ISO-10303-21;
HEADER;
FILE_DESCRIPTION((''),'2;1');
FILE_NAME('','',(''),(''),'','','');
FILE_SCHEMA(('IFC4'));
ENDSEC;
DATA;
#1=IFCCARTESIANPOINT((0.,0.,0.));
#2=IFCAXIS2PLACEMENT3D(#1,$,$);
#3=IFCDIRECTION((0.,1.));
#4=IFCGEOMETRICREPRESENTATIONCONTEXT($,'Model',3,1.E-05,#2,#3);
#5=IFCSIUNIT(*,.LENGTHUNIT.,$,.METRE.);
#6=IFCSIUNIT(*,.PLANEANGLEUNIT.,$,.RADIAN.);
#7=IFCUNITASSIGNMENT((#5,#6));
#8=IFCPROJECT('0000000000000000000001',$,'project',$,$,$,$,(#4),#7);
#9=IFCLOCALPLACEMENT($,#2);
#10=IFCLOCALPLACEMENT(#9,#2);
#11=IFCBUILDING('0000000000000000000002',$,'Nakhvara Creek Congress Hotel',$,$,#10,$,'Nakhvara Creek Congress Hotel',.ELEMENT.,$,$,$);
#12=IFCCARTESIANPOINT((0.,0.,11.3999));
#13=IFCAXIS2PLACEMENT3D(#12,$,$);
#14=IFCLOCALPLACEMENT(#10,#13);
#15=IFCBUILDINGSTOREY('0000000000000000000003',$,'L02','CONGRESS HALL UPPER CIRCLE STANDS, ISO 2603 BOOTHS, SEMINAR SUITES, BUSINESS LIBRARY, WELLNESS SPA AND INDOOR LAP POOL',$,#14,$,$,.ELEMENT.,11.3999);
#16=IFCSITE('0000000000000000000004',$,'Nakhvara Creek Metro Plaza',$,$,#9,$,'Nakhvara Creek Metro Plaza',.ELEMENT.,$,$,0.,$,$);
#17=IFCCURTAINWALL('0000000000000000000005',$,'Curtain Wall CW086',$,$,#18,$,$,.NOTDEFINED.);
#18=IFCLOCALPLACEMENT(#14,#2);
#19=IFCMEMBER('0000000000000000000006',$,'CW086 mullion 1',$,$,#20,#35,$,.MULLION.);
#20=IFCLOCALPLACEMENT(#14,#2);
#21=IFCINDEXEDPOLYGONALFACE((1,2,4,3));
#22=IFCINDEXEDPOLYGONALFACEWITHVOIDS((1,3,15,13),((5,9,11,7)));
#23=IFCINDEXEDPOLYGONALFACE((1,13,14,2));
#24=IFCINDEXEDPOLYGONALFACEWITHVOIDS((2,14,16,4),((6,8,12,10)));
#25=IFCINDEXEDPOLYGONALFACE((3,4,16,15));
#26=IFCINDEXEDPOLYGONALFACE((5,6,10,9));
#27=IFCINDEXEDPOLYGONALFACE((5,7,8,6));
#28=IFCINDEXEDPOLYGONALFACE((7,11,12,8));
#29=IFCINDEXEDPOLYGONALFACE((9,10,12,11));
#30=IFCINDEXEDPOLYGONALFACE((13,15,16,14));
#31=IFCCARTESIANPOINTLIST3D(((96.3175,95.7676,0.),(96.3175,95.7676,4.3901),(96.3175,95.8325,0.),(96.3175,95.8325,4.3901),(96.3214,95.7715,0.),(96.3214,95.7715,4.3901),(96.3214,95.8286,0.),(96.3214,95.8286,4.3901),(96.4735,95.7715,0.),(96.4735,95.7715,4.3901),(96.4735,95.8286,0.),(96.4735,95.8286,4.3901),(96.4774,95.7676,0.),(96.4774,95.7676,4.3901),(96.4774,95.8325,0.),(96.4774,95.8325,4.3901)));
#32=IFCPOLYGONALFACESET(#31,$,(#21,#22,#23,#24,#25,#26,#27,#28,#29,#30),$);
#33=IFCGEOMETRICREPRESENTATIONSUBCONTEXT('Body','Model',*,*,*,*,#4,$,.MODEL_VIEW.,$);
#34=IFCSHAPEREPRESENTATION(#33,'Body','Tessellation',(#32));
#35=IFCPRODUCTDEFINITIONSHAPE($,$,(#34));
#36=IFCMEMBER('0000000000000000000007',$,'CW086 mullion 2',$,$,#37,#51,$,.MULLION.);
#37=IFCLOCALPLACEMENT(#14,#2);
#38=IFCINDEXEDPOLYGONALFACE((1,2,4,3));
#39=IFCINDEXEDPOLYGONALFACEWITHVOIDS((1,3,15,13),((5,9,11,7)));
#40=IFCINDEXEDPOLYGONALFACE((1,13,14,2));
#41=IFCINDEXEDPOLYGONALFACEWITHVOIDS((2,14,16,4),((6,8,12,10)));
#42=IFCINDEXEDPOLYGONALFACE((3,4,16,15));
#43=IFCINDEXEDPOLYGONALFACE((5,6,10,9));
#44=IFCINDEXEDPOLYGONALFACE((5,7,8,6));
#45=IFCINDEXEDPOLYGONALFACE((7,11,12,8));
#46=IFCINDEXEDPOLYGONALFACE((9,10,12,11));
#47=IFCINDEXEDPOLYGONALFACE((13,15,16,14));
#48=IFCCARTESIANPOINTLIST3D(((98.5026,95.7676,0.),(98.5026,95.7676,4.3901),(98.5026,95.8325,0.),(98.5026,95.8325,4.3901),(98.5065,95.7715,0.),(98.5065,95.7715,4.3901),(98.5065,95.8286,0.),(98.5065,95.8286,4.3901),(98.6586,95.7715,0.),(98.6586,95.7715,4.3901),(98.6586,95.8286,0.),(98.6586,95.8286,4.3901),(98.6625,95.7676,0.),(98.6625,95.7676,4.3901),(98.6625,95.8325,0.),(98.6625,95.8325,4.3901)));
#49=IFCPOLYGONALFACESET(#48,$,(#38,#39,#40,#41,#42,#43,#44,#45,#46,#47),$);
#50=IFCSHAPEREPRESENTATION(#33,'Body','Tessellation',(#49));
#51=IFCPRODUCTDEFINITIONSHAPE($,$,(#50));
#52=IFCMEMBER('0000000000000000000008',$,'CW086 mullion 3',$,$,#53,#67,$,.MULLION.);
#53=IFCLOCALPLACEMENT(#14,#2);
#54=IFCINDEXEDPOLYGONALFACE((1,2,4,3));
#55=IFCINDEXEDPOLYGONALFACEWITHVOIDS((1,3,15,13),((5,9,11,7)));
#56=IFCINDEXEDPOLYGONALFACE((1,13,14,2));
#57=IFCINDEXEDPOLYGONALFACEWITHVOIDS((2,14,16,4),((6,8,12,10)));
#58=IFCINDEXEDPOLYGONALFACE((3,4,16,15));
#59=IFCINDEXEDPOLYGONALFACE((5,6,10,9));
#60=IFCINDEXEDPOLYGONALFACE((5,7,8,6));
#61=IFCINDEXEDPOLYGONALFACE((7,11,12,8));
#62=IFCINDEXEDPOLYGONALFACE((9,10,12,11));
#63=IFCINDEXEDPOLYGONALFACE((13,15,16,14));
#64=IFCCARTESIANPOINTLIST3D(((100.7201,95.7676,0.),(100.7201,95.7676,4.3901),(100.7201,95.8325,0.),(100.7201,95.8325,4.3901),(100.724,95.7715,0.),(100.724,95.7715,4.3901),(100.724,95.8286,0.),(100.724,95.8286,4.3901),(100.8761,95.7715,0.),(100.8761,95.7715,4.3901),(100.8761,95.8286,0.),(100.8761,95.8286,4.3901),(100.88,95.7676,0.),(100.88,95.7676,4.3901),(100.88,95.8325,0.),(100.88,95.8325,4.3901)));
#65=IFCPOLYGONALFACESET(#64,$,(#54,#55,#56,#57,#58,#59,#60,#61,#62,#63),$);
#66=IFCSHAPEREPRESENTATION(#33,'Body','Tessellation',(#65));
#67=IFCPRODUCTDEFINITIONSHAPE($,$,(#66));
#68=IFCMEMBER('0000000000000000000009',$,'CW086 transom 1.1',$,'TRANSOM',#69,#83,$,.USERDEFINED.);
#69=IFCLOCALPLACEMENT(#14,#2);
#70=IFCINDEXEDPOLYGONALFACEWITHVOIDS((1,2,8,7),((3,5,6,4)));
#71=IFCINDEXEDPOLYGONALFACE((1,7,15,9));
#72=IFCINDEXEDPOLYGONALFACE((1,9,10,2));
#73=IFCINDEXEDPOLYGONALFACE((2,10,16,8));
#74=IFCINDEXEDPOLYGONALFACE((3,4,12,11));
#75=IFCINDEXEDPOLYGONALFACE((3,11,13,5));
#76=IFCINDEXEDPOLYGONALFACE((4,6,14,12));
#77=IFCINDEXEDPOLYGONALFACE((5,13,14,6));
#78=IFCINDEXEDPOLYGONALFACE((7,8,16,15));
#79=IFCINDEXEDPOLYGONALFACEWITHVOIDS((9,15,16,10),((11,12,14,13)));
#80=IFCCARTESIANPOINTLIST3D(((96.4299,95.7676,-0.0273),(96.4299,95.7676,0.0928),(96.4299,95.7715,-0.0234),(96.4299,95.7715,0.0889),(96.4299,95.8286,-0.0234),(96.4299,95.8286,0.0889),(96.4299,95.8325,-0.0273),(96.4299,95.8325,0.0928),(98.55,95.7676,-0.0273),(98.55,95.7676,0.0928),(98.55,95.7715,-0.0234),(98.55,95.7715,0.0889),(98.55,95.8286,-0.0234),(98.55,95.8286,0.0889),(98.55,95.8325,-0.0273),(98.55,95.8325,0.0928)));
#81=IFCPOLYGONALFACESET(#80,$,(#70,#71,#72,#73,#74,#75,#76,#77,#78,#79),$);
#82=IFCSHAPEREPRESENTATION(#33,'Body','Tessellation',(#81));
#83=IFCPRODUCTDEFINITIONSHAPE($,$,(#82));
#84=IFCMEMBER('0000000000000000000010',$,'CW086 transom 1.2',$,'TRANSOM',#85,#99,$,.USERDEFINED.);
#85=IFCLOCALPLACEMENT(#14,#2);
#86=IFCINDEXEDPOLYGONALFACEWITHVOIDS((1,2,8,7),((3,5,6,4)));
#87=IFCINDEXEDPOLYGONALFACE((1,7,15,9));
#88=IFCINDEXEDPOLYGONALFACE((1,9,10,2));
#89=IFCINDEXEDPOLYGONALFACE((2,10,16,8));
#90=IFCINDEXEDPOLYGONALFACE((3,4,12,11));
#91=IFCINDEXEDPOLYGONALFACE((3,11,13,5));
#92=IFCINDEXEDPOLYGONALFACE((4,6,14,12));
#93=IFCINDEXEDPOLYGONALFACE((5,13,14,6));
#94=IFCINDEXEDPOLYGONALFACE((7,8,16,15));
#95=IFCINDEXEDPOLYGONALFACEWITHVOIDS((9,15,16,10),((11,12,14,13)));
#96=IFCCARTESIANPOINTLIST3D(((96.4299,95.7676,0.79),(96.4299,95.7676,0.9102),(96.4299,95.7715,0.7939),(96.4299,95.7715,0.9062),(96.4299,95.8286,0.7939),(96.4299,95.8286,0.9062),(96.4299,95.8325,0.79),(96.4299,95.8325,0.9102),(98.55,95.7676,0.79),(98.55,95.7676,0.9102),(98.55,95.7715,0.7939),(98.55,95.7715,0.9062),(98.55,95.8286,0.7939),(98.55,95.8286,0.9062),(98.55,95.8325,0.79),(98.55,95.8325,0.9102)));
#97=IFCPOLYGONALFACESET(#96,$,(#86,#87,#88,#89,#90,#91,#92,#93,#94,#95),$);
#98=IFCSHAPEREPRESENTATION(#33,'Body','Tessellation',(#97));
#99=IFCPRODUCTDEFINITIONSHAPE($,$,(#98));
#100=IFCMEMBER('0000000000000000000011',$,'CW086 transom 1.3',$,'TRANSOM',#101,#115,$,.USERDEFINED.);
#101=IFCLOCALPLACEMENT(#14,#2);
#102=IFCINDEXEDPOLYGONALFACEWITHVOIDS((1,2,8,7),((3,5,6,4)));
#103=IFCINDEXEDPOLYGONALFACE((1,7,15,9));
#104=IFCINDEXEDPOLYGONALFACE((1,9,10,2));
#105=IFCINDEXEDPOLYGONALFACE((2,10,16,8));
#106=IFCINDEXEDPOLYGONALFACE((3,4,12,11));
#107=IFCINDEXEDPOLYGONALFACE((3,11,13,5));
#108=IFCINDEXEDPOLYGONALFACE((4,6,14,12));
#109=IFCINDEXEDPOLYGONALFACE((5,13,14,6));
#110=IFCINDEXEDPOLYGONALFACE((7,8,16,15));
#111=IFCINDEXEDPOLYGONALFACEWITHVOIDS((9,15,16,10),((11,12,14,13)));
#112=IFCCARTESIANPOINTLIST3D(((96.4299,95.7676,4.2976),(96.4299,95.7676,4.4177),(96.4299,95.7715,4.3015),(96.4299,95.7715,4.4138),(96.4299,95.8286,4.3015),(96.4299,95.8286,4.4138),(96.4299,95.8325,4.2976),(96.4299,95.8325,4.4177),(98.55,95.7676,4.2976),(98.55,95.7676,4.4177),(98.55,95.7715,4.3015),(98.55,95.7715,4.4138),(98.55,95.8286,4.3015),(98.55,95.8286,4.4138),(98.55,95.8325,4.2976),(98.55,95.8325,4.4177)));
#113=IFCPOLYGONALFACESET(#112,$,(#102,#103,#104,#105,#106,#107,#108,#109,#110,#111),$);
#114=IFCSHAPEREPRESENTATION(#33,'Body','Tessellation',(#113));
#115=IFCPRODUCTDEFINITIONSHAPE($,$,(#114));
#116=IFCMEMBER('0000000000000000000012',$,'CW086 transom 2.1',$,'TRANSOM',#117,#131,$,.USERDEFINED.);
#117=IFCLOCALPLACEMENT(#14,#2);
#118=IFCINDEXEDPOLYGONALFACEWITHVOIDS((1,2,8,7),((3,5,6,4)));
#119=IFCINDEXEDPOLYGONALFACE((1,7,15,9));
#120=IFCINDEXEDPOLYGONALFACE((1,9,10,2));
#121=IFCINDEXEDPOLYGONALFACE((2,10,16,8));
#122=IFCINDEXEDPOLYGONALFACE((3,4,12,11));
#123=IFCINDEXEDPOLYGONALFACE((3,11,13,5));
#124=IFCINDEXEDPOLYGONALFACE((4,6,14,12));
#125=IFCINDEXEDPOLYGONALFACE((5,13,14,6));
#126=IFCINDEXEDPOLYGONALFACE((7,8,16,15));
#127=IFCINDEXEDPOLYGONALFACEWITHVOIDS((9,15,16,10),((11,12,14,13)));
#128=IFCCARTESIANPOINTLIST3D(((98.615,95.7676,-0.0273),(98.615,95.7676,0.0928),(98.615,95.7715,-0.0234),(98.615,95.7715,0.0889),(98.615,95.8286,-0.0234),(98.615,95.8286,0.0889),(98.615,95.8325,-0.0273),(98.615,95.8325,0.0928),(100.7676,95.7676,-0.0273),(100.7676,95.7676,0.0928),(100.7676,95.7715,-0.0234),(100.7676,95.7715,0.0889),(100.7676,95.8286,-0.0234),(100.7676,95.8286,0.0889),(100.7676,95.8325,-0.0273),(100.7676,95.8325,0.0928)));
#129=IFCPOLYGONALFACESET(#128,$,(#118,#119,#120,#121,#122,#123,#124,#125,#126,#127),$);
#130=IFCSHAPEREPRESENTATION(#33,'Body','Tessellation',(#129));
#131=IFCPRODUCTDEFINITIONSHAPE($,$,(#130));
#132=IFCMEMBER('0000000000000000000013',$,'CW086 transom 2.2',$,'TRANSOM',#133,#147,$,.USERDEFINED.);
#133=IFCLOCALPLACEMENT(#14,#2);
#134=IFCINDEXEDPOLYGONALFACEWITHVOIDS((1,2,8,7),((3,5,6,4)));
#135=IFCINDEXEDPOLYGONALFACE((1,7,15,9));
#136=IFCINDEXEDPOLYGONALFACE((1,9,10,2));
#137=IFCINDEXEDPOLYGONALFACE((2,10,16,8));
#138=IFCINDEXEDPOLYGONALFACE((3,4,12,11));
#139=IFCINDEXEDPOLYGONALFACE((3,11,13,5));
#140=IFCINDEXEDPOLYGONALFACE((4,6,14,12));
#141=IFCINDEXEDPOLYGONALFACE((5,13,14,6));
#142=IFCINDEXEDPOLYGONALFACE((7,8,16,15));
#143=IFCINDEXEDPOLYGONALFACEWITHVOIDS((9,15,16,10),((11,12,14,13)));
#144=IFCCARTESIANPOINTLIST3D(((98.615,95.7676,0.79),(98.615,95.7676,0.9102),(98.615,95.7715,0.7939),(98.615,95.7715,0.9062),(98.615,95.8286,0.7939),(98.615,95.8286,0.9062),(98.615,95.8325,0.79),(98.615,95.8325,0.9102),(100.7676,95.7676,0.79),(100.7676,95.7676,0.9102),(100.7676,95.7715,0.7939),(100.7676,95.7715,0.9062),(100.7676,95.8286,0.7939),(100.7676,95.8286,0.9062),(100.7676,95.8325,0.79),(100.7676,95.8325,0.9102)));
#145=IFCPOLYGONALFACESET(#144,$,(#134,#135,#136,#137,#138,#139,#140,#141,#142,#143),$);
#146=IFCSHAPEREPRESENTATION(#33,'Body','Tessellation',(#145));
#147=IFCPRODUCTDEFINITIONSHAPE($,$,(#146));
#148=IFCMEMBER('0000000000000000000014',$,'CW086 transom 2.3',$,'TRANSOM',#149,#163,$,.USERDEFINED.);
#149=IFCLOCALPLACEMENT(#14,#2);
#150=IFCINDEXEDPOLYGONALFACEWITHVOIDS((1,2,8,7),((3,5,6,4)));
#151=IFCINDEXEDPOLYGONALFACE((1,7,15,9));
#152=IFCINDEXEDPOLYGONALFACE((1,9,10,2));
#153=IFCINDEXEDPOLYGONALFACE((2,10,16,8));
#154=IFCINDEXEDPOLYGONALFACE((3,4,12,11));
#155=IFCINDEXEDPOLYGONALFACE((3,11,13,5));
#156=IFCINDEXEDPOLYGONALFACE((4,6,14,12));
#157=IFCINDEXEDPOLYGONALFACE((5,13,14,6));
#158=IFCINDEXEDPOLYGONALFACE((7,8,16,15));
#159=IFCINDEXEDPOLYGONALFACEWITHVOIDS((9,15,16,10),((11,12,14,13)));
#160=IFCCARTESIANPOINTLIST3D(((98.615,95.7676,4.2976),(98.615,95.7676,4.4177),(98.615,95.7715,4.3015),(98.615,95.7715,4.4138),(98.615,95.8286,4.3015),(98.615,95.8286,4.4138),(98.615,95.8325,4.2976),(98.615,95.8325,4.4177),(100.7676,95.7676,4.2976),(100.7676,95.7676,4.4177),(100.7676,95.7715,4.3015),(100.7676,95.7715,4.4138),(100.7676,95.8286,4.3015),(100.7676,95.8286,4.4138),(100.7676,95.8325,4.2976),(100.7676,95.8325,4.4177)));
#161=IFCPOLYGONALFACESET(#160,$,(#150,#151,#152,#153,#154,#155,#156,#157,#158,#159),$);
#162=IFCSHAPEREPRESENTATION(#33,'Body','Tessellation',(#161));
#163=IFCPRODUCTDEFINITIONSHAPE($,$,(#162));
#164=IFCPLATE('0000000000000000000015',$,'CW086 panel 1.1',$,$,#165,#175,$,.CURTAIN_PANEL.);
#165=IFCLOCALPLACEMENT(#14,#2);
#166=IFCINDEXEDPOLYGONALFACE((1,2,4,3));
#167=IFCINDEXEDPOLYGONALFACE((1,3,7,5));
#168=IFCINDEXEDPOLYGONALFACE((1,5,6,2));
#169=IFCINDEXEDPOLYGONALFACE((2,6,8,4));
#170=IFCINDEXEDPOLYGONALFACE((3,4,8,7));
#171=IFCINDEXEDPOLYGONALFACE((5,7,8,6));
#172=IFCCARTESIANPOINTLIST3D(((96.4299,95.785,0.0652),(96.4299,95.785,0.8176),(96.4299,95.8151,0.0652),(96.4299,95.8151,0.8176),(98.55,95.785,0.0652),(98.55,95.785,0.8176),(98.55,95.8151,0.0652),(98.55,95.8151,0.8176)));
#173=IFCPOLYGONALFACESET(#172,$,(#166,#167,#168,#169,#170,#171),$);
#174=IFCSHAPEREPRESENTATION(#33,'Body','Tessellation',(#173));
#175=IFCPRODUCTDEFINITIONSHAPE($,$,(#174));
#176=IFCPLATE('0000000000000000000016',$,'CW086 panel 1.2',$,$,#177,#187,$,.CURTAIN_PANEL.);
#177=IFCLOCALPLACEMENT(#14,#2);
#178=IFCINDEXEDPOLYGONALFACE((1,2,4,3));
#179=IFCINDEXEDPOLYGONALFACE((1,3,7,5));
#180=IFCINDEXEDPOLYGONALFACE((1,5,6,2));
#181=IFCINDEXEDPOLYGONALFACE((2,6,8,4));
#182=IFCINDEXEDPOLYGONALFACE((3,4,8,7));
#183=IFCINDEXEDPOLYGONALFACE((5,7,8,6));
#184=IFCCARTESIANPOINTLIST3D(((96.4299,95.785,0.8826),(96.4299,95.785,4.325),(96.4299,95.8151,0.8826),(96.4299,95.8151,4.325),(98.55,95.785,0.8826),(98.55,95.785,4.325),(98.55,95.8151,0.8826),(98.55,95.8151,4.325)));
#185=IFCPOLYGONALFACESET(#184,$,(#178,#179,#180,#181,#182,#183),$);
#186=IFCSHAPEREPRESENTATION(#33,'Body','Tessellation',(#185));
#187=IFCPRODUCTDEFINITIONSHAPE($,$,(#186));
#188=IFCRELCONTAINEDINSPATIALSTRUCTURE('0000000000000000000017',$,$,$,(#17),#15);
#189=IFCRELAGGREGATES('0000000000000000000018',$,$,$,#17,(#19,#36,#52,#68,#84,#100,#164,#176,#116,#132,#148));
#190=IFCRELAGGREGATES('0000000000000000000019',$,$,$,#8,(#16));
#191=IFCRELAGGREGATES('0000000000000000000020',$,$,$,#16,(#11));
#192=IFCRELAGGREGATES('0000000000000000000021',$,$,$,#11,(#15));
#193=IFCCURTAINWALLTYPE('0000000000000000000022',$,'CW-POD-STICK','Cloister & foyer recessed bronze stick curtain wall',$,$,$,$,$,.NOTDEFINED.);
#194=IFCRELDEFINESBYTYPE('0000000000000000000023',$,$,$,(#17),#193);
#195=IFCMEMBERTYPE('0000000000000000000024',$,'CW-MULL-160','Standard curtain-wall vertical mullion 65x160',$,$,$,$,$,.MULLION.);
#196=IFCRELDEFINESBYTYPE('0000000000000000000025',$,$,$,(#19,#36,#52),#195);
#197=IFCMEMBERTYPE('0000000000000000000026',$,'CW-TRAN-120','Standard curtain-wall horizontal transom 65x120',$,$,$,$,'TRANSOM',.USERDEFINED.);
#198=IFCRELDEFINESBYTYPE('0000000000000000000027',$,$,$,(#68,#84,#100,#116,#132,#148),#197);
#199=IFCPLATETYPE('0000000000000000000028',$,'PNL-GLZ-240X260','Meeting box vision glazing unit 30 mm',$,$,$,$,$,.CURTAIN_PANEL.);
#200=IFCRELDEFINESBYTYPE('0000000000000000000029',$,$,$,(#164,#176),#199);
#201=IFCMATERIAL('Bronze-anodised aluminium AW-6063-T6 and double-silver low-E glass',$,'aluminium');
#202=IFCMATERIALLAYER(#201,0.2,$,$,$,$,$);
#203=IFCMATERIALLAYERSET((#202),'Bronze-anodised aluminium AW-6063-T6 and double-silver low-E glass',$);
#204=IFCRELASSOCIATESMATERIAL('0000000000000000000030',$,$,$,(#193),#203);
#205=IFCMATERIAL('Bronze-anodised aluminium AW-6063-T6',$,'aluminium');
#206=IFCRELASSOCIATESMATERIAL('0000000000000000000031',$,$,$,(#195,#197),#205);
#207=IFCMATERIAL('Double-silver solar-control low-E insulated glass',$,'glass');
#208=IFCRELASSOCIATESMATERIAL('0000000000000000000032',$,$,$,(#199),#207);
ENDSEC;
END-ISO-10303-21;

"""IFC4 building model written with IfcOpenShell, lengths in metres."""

from ifc_helpers import new_model, si_unit, direction, frame, origin, origin_2d, place, context, subcontext, project, spatial, rectangle, hollow_rectangle, extrude, material, layer, layer_set, material_profile, profile_set, type_object, element, aggregate, save


model = new_model("IFC4")

# Units and contexts
model_context = context("Model", 3, precision=1e-05, world=origin(), true_north=direction((0.0, 1.0)))
body_context = subcontext(model_context, "Body", "Model", "MODEL_VIEW")
ifc_project = project(units=[si_unit("LENGTHUNIT", "METRE"), si_unit("PLANEANGLEUNIT", "RADIAN")], contexts=[model_context])

# Site, building, storey
site_placement = place(None, origin())
site = spatial("IfcSite", under=ifc_project, at=site_placement, Name="Nakhvara Creek Metro Plaza", LongName="Nakhvara Creek Metro Plaza", CompositionType="ELEMENT", RefElevation=0.0)
building_placement = place(site_placement, origin())
building = spatial("IfcBuilding", under=site, at=building_placement, Name="Nakhvara Creek Congress Hotel", LongName="Nakhvara Creek Congress Hotel", CompositionType="ELEMENT")
storey_placement = place(building_placement, frame((0.0, 0.0, 11.3999)))
storey = spatial("IfcBuildingStorey", under=building, at=storey_placement, Name="L02", Description="CONGRESS HALL UPPER CIRCLE STANDS, ISO 2603 BOOTHS, SEMINAR SUITES, BUSINESS LIBRARY, WELLNESS SPA AND INDOOR LAP POOL", CompositionType="ELEMENT", Elevation=11.3999)

# Curtain wall, members, plates
ifc_material_1 = material(Name="Bronze-anodised aluminium AW-6063-T6 and double-silver low-E glass", Category="aluminium")
ifc_layer_1 = layer(ifc_material_1, 0.2)
ifc_layer_set_1 = layer_set([ifc_layer_1], Name="Bronze-anodised aluminium AW-6063-T6 and double-silver low-E glass")
curtain_wall_type = type_object("IfcCurtainWallType", Name="CW-POD-STICK", Description="Cloister & foyer recessed bronze stick curtain wall", PredefinedType="NOTDEFINED", material=ifc_layer_set_1)
curtain_wall_placement = place(storey_placement, origin())
curtain_wall = element("IfcCurtainWall", 1, at=curtain_wall_placement, inside=storey, type_object=curtain_wall_type, Name="Curtain Wall CW086", PredefinedType="NOTDEFINED")
ifc_material_2 = material(Name="Bronze-anodised aluminium AW-6063-T6", Category="aluminium")
ifc_material_profile_1 = material_profile(ifc_material_2, hollow_rectangle(XDim=0.0649, YDim=0.1599, WallThickness=0.0039, at=origin_2d()), Name="ALU-MULL 65x160x4", Category="LoadBearing")
ifc_profile_set_1 = profile_set([ifc_material_profile_1], Name="Bronze-anodised aluminium AW-6063-T6")
member_type_1 = type_object("IfcMemberType", Name="CW-MULL-160", Description="Standard curtain-wall vertical mullion 65x160", PredefinedType="MULLION", material=ifc_profile_set_1)
member_1_placement = place(storey_placement, frame((96.3975, 95.8, 0.0), z_axis=(0.0, 0.0, 1.0), x_axis=(0.0, 1.0, 0.0)))
member_1 = element("IfcMember", 2, at=member_1_placement, type_object=member_type_1, Name="CW086 mullion 1", PredefinedType="MULLION", context=body_context, shape_type="SweptSolid", body=[
    extrude(hollow_rectangle(XDim=0.0649, YDim=0.1599, WallThickness=0.0039, at=origin_2d()), origin(), (0.0, 0.0, 1.0), 4.3901),
])
member_2_placement = place(storey_placement, frame((98.5825, 95.8, 0.0), z_axis=(0.0, 0.0, 1.0), x_axis=(0.0, 1.0, 0.0)))
member_2 = element("IfcMember", 3, at=member_2_placement, type_object=member_type_1, Name="CW086 mullion 2", PredefinedType="MULLION", context=body_context, shape_type="SweptSolid", body=[
    extrude(hollow_rectangle(XDim=0.0649, YDim=0.1599, WallThickness=0.0039, at=origin_2d()), origin(), (0.0, 0.0, 1.0), 4.3901),
])
member_3_placement = place(storey_placement, frame((100.8, 95.8, 0.0), z_axis=(0.0, 0.0, 1.0), x_axis=(0.0, 1.0, 0.0)))
member_3 = element("IfcMember", 4, at=member_3_placement, type_object=member_type_1, Name="CW086 mullion 3", PredefinedType="MULLION", context=body_context, shape_type="SweptSolid", body=[
    extrude(hollow_rectangle(XDim=0.0649, YDim=0.1599, WallThickness=0.0039, at=origin_2d()), origin(), (0.0, 0.0, 1.0), 4.3901),
])
ifc_material_profile_2 = material_profile(ifc_material_2, hollow_rectangle(XDim=0.0649, YDim=0.1201, WallThickness=0.0039, at=origin_2d()), Name="ALU-TRAN 65x120x4", Category="LoadBearing")
ifc_profile_set_2 = profile_set([ifc_material_profile_2], Name="Bronze-anodised aluminium AW-6063-T6")
member_type_2 = type_object("IfcMemberType", Name="CW-TRAN-120", Description="Standard curtain-wall horizontal transom 65x120", ElementType="TRANSOM", PredefinedType="USERDEFINED", material=ifc_profile_set_2)
member_4_placement = place(storey_placement, frame((96.4299, 95.8, 0.0327), z_axis=(1.0, 0.0, 0.0), x_axis=(0.0, 1.0, 0.0)))
member_4 = element("IfcMember", 5, at=member_4_placement, type_object=member_type_2, Name="CW086 transom 1.1", ObjectType="TRANSOM", PredefinedType="USERDEFINED", context=body_context, shape_type="SweptSolid", body=[
    extrude(hollow_rectangle(XDim=0.0649, YDim=0.1201, WallThickness=0.0039, at=origin_2d()), origin(), (0.0, 0.0, 1.0), 2.1201),
])
member_5_placement = place(storey_placement, frame((96.4299, 95.8, 0.8501), z_axis=(1.0, 0.0, 0.0), x_axis=(0.0, 1.0, 0.0)))
member_5 = element("IfcMember", 6, at=member_5_placement, type_object=member_type_2, Name="CW086 transom 1.2", ObjectType="TRANSOM", PredefinedType="USERDEFINED", context=body_context, shape_type="SweptSolid", body=[
    extrude(hollow_rectangle(XDim=0.0649, YDim=0.1201, WallThickness=0.0039, at=origin_2d()), origin(), (0.0, 0.0, 1.0), 2.1201),
])
member_6_placement = place(storey_placement, frame((96.4299, 95.8, 4.3577), z_axis=(1.0, 0.0, 0.0), x_axis=(0.0, 1.0, 0.0)))
member_6 = element("IfcMember", 7, at=member_6_placement, type_object=member_type_2, Name="CW086 transom 1.3", ObjectType="TRANSOM", PredefinedType="USERDEFINED", context=body_context, shape_type="SweptSolid", body=[
    extrude(hollow_rectangle(XDim=0.0649, YDim=0.1201, WallThickness=0.0039, at=origin_2d()), origin(), (0.0, 0.0, 1.0), 2.1201),
])
member_7_placement = place(storey_placement, frame((98.615, 95.8, 0.0327), z_axis=(1.0, 0.0, 0.0), x_axis=(0.0, 1.0, 0.0)))
member_7 = element("IfcMember", 8, at=member_7_placement, type_object=member_type_2, Name="CW086 transom 2.1", ObjectType="TRANSOM", PredefinedType="USERDEFINED", context=body_context, shape_type="SweptSolid", body=[
    extrude(hollow_rectangle(XDim=0.0649, YDim=0.1201, WallThickness=0.0039, at=origin_2d()), origin(), (0.0, 0.0, 1.0), 2.1526),
])
member_8_placement = place(storey_placement, frame((98.615, 95.8, 0.8501), z_axis=(1.0, 0.0, 0.0), x_axis=(0.0, 1.0, 0.0)))
member_8 = element("IfcMember", 9, at=member_8_placement, type_object=member_type_2, Name="CW086 transom 2.2", ObjectType="TRANSOM", PredefinedType="USERDEFINED", context=body_context, shape_type="SweptSolid", body=[
    extrude(hollow_rectangle(XDim=0.0649, YDim=0.1201, WallThickness=0.0039, at=origin_2d()), origin(), (0.0, 0.0, 1.0), 2.1526),
])
member_9_placement = place(storey_placement, frame((98.615, 95.8, 4.3577), z_axis=(1.0, 0.0, 0.0), x_axis=(0.0, 1.0, 0.0)))
member_9 = element("IfcMember", 10, at=member_9_placement, type_object=member_type_2, Name="CW086 transom 2.3", ObjectType="TRANSOM", PredefinedType="USERDEFINED", context=body_context, shape_type="SweptSolid", body=[
    extrude(hollow_rectangle(XDim=0.0649, YDim=0.1201, WallThickness=0.0039, at=origin_2d()), origin(), (0.0, 0.0, 1.0), 2.1526),
])
ifc_material_3 = material(Name="Double-silver solar-control low-E insulated glass", Category="glass")
plate_type = type_object("IfcPlateType", Name="PNL-GLZ-240X260", Description="Meeting box vision glazing unit 30 mm", PredefinedType="CURTAIN_PANEL", material=ifc_material_3)
plate_1_placement = place(storey_placement, frame((97.49, 95.8, 0.0652), z_axis=(0.0, 0.0, 1.0), x_axis=(1.0, 0.0, 0.0)))
plate_1 = element("IfcPlate", 11, at=plate_1_placement, type_object=plate_type, Name="CW086 panel 1.1", PredefinedType="CURTAIN_PANEL", context=body_context, shape_type="SweptSolid", body=[
    extrude(rectangle(XDim=2.1201, YDim=0.03, at=origin_2d()), origin(), (0.0, 0.0, 1.0), 0.7524),
])
plate_2_placement = place(storey_placement, frame((97.49, 95.8, 0.8826), z_axis=(0.0, 0.0, 1.0), x_axis=(1.0, 0.0, 0.0)))
plate_2 = element("IfcPlate", 12, at=plate_2_placement, type_object=plate_type, Name="CW086 panel 1.2", PredefinedType="CURTAIN_PANEL", context=body_context, shape_type="SweptSolid", body=[
    extrude(rectangle(XDim=2.1201, YDim=0.03, at=origin_2d()), origin(), (0.0, 0.0, 1.0), 3.4424),
])
aggregate(curtain_wall, [member_1, member_2, member_3, member_4, member_5, member_6, plate_1, plate_2, member_7, member_8, member_9])

save(model, "model.ifc")
